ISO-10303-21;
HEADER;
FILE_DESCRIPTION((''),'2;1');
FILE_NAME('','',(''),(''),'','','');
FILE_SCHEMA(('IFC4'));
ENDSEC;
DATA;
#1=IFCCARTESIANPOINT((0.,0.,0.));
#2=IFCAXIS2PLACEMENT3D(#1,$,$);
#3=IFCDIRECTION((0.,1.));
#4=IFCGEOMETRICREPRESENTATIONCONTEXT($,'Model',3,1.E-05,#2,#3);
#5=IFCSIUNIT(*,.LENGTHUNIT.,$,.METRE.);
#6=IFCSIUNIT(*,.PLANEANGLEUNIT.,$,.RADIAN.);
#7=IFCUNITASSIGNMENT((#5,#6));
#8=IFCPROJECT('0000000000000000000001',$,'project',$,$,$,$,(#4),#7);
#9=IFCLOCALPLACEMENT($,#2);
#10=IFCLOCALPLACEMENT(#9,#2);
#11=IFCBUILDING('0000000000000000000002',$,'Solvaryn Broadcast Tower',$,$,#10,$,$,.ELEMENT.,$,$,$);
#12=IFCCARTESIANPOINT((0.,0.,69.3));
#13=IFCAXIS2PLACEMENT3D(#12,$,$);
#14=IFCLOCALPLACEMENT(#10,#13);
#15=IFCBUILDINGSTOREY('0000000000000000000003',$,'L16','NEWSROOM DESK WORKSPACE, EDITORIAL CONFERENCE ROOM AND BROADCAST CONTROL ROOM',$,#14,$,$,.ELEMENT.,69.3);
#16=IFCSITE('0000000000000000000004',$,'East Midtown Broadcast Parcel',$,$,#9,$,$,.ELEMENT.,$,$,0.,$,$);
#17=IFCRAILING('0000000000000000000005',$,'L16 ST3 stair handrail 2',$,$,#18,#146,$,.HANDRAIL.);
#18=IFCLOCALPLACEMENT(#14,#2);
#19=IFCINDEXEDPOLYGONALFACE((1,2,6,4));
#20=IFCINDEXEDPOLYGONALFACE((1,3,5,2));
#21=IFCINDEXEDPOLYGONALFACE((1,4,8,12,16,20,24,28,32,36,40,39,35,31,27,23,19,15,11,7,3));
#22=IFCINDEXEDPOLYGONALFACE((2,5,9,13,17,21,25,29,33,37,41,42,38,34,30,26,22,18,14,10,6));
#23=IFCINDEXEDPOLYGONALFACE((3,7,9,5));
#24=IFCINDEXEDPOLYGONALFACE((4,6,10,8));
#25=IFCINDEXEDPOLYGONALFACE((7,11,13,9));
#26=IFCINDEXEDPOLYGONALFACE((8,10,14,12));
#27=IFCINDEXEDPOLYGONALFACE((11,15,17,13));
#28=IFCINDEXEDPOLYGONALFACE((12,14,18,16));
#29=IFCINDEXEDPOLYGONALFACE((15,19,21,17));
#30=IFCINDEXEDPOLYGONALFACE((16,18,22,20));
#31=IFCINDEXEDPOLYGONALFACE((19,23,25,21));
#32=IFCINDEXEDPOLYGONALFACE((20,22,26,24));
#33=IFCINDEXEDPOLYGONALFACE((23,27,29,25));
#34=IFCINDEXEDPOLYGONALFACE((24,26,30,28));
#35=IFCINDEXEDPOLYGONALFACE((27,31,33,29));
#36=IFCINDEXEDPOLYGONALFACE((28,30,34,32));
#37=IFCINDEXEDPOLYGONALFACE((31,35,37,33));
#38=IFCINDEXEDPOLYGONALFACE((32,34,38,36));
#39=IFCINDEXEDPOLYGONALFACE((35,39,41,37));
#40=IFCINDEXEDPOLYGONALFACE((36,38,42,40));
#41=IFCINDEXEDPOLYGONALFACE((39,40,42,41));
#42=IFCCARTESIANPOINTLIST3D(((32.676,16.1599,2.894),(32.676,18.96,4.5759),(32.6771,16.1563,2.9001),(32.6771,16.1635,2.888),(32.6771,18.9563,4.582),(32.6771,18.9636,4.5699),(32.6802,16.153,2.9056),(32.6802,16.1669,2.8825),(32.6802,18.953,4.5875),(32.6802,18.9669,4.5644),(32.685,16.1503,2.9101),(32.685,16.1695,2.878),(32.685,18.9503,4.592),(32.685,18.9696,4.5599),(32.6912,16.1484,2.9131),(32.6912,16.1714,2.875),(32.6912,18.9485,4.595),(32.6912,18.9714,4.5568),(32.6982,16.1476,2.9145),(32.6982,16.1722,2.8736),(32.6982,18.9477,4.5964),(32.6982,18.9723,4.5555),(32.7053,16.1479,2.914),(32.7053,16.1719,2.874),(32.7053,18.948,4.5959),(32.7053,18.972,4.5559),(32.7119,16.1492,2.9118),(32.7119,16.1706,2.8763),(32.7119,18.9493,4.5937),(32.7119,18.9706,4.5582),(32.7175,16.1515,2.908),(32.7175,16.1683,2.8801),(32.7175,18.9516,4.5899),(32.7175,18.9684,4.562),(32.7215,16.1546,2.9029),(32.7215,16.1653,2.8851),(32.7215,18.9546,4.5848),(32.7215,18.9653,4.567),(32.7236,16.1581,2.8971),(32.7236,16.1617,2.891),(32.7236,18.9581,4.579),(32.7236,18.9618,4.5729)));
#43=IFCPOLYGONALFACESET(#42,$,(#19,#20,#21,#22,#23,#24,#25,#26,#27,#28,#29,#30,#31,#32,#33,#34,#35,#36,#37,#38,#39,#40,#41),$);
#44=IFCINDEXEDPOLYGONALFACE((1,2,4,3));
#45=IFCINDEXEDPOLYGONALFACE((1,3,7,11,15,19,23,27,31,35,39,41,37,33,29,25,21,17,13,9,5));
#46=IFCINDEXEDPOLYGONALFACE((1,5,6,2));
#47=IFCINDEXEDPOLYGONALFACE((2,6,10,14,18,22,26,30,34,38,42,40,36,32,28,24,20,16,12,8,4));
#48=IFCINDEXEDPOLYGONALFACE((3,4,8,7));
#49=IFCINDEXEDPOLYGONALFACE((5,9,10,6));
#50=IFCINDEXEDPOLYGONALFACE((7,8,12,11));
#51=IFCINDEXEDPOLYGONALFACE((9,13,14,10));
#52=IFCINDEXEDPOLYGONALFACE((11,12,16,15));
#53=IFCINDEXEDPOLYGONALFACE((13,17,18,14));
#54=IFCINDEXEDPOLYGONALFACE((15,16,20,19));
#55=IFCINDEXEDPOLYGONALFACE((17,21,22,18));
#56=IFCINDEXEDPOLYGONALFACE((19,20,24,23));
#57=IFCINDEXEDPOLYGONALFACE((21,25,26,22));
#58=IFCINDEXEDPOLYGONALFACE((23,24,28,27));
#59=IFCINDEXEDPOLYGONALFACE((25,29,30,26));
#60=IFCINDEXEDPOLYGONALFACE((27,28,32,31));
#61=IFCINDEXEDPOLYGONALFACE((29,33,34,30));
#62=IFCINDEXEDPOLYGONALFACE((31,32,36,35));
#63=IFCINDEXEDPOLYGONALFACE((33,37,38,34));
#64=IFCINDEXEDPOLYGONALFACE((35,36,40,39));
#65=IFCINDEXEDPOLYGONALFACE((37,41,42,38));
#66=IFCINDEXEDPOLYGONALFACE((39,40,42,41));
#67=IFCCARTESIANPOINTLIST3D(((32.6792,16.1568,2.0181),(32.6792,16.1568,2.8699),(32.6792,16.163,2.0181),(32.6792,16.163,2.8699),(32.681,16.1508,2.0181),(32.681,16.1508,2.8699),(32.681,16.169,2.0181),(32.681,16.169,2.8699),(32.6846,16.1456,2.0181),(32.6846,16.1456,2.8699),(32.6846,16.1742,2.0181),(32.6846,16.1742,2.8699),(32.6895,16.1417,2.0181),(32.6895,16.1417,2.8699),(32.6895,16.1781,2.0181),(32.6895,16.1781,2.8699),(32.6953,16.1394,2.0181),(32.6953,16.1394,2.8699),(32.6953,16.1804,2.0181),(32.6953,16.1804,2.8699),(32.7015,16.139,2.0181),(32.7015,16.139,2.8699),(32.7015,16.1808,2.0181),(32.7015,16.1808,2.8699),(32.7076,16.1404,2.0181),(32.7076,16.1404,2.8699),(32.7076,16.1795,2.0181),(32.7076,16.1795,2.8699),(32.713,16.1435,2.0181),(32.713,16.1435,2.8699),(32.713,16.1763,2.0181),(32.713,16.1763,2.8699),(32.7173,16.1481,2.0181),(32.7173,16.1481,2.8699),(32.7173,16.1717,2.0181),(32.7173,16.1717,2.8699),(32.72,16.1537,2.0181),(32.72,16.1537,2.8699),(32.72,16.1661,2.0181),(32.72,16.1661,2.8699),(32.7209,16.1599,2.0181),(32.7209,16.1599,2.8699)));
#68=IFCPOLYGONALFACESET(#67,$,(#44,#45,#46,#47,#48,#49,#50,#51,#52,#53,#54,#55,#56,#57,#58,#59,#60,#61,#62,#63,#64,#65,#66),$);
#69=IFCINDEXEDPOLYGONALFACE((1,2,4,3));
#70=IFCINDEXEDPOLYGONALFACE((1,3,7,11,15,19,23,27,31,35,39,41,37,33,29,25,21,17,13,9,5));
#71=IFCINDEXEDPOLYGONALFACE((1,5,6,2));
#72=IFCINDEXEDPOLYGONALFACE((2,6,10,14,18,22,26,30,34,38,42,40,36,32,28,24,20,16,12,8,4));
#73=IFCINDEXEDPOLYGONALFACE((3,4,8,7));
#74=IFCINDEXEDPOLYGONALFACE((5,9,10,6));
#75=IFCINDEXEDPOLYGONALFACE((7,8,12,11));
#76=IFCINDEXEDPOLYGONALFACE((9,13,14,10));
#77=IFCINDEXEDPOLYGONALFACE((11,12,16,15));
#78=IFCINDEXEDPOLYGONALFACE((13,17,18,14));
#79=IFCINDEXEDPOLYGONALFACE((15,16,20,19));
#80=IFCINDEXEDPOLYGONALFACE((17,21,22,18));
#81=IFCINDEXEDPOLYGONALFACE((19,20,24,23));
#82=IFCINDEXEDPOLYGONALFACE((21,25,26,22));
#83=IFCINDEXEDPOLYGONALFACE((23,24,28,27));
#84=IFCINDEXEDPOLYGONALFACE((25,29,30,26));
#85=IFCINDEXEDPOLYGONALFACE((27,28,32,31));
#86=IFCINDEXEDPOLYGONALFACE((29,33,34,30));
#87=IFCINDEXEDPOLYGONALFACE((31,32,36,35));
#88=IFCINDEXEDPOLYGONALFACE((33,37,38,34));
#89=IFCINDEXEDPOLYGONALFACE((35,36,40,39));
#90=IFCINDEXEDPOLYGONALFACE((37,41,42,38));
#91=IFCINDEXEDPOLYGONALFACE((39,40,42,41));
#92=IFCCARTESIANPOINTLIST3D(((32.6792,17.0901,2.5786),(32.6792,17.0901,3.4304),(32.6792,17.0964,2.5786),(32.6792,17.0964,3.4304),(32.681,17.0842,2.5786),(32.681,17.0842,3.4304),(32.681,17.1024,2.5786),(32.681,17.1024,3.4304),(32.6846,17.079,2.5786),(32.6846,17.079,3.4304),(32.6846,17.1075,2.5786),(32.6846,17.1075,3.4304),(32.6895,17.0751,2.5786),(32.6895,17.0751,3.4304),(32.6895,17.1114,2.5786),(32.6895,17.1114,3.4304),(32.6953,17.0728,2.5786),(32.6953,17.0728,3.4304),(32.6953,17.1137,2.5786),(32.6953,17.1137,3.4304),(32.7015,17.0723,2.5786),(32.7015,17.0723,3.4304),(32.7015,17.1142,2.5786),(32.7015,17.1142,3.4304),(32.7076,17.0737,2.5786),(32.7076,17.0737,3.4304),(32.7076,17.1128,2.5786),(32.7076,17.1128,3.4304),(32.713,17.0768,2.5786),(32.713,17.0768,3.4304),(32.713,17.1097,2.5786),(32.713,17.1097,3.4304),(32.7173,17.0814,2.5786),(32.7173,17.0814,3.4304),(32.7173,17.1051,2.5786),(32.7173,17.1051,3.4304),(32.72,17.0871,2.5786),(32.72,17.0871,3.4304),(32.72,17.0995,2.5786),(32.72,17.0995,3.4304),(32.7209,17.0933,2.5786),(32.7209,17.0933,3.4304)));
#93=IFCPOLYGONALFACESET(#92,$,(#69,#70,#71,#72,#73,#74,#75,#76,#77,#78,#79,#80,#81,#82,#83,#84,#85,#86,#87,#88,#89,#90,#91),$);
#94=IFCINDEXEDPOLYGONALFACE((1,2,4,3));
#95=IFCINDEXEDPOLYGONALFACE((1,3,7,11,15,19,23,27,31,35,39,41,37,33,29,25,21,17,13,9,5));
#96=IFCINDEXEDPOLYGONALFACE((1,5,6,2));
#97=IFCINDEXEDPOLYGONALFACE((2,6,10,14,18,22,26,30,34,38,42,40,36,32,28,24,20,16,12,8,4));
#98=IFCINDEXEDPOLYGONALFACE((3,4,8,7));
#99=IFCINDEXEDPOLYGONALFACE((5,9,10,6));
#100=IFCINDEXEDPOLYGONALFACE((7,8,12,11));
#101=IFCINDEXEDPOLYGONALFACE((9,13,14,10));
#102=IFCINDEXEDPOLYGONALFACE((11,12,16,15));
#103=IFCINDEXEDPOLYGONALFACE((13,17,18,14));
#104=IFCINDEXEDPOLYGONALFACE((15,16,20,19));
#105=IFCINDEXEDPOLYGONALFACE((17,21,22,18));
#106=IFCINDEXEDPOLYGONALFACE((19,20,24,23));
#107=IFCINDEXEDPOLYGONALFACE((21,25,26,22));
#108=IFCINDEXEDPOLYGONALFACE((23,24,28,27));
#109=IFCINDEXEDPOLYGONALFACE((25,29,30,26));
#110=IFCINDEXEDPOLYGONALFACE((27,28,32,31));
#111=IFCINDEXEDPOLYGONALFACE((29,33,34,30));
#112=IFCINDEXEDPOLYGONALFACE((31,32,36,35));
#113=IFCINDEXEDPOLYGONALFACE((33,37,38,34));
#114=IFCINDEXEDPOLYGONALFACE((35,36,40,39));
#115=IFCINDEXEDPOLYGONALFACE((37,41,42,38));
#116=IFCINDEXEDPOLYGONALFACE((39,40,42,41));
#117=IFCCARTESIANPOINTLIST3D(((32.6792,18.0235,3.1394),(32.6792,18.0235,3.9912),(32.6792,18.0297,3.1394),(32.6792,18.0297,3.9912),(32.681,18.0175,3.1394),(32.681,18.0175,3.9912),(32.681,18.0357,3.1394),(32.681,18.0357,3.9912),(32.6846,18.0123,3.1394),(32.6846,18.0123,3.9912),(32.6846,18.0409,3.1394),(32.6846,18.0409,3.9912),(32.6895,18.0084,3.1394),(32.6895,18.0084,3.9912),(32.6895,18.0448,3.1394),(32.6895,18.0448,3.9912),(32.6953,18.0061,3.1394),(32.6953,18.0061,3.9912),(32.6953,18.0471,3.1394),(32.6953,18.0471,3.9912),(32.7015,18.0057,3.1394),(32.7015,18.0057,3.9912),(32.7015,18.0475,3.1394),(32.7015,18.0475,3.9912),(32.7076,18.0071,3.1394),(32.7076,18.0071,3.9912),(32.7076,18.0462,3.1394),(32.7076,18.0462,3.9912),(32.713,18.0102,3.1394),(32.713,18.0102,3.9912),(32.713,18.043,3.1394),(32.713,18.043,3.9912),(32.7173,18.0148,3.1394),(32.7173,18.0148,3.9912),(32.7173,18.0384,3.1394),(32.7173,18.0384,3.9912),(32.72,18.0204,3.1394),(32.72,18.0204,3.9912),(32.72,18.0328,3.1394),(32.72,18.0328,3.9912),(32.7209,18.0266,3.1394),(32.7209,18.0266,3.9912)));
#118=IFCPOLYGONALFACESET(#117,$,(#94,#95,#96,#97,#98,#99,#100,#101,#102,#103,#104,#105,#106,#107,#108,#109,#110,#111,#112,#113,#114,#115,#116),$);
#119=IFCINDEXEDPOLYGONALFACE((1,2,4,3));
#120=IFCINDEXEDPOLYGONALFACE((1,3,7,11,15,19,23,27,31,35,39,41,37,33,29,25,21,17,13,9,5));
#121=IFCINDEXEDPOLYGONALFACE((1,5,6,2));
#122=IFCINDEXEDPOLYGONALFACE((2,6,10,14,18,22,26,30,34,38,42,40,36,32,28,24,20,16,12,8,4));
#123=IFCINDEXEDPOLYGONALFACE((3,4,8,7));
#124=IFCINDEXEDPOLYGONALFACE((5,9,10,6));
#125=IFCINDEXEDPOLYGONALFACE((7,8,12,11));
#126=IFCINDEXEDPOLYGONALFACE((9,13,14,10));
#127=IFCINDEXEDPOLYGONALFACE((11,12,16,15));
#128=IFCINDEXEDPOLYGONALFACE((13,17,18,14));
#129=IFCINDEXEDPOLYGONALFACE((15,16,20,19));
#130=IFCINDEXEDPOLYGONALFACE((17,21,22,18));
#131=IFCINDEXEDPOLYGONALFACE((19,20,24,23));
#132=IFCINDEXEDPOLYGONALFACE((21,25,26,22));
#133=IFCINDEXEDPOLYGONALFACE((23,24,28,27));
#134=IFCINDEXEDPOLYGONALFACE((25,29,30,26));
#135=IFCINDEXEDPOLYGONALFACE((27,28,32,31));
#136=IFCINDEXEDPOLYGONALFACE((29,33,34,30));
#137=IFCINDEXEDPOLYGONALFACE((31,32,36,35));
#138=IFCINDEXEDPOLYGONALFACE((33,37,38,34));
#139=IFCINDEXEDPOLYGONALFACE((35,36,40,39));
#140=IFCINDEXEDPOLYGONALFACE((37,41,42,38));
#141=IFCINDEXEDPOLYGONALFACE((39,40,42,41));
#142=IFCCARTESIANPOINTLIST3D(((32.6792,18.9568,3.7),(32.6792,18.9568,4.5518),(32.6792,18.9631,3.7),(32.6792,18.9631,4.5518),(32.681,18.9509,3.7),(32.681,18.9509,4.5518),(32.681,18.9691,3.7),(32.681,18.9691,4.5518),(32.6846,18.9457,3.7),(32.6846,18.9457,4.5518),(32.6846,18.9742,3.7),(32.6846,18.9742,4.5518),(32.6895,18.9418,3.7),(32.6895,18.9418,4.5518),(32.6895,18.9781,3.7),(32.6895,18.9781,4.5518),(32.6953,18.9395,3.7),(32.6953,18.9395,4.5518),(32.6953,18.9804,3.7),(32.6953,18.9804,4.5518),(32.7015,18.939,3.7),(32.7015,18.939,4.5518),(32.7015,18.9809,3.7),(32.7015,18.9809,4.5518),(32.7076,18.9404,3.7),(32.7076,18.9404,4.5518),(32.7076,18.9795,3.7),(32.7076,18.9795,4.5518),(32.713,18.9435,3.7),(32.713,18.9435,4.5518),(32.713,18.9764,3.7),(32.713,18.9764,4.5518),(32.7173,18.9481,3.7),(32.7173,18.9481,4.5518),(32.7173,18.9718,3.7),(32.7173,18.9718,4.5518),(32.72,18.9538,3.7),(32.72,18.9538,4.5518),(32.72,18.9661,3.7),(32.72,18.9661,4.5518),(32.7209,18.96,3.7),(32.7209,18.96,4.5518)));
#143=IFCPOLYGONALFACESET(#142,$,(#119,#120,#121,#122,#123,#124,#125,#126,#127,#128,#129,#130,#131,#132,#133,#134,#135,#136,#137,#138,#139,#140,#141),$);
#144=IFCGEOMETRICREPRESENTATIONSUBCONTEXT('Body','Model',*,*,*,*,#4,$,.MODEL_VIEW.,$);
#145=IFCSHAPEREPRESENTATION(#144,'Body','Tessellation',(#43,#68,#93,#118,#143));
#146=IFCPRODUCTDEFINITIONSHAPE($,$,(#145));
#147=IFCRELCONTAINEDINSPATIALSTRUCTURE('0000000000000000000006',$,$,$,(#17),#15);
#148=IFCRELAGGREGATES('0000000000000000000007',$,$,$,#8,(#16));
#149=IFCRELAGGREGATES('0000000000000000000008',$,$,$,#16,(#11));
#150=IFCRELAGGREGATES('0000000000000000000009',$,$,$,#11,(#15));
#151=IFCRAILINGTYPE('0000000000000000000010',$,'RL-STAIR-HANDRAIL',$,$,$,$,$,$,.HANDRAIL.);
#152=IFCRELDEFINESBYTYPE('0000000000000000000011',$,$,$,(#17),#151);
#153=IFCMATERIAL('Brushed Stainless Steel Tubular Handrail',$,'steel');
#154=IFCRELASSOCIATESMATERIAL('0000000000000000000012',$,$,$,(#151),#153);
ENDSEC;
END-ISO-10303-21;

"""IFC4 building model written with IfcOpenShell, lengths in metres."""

from ifc_helpers import new_model, si_unit, direction, frame, origin, origin_2d, place, context, subcontext, project, spatial, circle, extrude, material, type_object, element, save


model = new_model("IFC4")

# Units and contexts
model_context = context("Model", 3, precision=1e-05, world=origin(), true_north=direction((0.0, 1.0)))
body_context = subcontext(model_context, "Body", "Model", "MODEL_VIEW")
ifc_project = project(units=[si_unit("LENGTHUNIT", "METRE"), si_unit("PLANEANGLEUNIT", "RADIAN")], contexts=[model_context])

# Site, building, storey
site_placement = place(None, origin())
site = spatial("IfcSite", under=ifc_project, at=site_placement, Name="East Midtown Broadcast Parcel", CompositionType="ELEMENT", RefElevation=0.0)
building_placement = place(site_placement, origin())
building = spatial("IfcBuilding", under=site, at=building_placement, Name="Solvaryn Broadcast Tower", CompositionType="ELEMENT")
storey_placement = place(building_placement, frame((0.0, 0.0, 69.3)))
storey = spatial("IfcBuildingStorey", under=building, at=storey_placement, Name="L16", Description="NEWSROOM DESK WORKSPACE, EDITORIAL CONFERENCE ROOM AND BROADCAST CONTROL ROOM", CompositionType="ELEMENT", Elevation=69.3)

# Railing
ifc_material_1 = material(Name="Brushed Stainless Steel Tubular Handrail", Category="steel")
railing_type_1 = type_object("IfcRailingType", Name="RL-STAIR-HANDRAIL", PredefinedType="HANDRAIL", material=ifc_material_1)
railing_1_placement = place(storey_placement, frame((32.7, 16.1599, 2.0181)))
element("IfcRailing", 1, at=railing_1_placement, inside=storey, type_object=railing_type_1, Name="L16 ST3 stair handrail 2", PredefinedType="HANDRAIL", context=body_context, shape_type="SweptSolid", body=[
    extrude(circle(Radius=0.0239, at=origin_2d()), frame((0.0, 0.0, 0.876), z_axis=(0.0, 0.857242, 0.514913), x_axis=(-1.0, 0.0, 0.0)), (0.0, 0.0, 1.0), 3.2664),
    extrude(circle(Radius=0.021, at=origin_2d()), origin(), (0.0, 0.0, 1.0), 0.8518),
    extrude(circle(Radius=0.021, at=origin_2d()), frame((0.0, 0.9333, 0.5605)), (0.0, 0.0, 1.0), 0.8518),
    extrude(circle(Radius=0.021, at=origin_2d()), frame((0.0, 1.8667, 1.1213)), (0.0, 0.0, 1.0), 0.8518),
    extrude(circle(Radius=0.021, at=origin_2d()), frame((0.0, 2.8, 1.6819)), (0.0, 0.0, 1.0), 0.8518),
])

save(model, "model.ifc")
